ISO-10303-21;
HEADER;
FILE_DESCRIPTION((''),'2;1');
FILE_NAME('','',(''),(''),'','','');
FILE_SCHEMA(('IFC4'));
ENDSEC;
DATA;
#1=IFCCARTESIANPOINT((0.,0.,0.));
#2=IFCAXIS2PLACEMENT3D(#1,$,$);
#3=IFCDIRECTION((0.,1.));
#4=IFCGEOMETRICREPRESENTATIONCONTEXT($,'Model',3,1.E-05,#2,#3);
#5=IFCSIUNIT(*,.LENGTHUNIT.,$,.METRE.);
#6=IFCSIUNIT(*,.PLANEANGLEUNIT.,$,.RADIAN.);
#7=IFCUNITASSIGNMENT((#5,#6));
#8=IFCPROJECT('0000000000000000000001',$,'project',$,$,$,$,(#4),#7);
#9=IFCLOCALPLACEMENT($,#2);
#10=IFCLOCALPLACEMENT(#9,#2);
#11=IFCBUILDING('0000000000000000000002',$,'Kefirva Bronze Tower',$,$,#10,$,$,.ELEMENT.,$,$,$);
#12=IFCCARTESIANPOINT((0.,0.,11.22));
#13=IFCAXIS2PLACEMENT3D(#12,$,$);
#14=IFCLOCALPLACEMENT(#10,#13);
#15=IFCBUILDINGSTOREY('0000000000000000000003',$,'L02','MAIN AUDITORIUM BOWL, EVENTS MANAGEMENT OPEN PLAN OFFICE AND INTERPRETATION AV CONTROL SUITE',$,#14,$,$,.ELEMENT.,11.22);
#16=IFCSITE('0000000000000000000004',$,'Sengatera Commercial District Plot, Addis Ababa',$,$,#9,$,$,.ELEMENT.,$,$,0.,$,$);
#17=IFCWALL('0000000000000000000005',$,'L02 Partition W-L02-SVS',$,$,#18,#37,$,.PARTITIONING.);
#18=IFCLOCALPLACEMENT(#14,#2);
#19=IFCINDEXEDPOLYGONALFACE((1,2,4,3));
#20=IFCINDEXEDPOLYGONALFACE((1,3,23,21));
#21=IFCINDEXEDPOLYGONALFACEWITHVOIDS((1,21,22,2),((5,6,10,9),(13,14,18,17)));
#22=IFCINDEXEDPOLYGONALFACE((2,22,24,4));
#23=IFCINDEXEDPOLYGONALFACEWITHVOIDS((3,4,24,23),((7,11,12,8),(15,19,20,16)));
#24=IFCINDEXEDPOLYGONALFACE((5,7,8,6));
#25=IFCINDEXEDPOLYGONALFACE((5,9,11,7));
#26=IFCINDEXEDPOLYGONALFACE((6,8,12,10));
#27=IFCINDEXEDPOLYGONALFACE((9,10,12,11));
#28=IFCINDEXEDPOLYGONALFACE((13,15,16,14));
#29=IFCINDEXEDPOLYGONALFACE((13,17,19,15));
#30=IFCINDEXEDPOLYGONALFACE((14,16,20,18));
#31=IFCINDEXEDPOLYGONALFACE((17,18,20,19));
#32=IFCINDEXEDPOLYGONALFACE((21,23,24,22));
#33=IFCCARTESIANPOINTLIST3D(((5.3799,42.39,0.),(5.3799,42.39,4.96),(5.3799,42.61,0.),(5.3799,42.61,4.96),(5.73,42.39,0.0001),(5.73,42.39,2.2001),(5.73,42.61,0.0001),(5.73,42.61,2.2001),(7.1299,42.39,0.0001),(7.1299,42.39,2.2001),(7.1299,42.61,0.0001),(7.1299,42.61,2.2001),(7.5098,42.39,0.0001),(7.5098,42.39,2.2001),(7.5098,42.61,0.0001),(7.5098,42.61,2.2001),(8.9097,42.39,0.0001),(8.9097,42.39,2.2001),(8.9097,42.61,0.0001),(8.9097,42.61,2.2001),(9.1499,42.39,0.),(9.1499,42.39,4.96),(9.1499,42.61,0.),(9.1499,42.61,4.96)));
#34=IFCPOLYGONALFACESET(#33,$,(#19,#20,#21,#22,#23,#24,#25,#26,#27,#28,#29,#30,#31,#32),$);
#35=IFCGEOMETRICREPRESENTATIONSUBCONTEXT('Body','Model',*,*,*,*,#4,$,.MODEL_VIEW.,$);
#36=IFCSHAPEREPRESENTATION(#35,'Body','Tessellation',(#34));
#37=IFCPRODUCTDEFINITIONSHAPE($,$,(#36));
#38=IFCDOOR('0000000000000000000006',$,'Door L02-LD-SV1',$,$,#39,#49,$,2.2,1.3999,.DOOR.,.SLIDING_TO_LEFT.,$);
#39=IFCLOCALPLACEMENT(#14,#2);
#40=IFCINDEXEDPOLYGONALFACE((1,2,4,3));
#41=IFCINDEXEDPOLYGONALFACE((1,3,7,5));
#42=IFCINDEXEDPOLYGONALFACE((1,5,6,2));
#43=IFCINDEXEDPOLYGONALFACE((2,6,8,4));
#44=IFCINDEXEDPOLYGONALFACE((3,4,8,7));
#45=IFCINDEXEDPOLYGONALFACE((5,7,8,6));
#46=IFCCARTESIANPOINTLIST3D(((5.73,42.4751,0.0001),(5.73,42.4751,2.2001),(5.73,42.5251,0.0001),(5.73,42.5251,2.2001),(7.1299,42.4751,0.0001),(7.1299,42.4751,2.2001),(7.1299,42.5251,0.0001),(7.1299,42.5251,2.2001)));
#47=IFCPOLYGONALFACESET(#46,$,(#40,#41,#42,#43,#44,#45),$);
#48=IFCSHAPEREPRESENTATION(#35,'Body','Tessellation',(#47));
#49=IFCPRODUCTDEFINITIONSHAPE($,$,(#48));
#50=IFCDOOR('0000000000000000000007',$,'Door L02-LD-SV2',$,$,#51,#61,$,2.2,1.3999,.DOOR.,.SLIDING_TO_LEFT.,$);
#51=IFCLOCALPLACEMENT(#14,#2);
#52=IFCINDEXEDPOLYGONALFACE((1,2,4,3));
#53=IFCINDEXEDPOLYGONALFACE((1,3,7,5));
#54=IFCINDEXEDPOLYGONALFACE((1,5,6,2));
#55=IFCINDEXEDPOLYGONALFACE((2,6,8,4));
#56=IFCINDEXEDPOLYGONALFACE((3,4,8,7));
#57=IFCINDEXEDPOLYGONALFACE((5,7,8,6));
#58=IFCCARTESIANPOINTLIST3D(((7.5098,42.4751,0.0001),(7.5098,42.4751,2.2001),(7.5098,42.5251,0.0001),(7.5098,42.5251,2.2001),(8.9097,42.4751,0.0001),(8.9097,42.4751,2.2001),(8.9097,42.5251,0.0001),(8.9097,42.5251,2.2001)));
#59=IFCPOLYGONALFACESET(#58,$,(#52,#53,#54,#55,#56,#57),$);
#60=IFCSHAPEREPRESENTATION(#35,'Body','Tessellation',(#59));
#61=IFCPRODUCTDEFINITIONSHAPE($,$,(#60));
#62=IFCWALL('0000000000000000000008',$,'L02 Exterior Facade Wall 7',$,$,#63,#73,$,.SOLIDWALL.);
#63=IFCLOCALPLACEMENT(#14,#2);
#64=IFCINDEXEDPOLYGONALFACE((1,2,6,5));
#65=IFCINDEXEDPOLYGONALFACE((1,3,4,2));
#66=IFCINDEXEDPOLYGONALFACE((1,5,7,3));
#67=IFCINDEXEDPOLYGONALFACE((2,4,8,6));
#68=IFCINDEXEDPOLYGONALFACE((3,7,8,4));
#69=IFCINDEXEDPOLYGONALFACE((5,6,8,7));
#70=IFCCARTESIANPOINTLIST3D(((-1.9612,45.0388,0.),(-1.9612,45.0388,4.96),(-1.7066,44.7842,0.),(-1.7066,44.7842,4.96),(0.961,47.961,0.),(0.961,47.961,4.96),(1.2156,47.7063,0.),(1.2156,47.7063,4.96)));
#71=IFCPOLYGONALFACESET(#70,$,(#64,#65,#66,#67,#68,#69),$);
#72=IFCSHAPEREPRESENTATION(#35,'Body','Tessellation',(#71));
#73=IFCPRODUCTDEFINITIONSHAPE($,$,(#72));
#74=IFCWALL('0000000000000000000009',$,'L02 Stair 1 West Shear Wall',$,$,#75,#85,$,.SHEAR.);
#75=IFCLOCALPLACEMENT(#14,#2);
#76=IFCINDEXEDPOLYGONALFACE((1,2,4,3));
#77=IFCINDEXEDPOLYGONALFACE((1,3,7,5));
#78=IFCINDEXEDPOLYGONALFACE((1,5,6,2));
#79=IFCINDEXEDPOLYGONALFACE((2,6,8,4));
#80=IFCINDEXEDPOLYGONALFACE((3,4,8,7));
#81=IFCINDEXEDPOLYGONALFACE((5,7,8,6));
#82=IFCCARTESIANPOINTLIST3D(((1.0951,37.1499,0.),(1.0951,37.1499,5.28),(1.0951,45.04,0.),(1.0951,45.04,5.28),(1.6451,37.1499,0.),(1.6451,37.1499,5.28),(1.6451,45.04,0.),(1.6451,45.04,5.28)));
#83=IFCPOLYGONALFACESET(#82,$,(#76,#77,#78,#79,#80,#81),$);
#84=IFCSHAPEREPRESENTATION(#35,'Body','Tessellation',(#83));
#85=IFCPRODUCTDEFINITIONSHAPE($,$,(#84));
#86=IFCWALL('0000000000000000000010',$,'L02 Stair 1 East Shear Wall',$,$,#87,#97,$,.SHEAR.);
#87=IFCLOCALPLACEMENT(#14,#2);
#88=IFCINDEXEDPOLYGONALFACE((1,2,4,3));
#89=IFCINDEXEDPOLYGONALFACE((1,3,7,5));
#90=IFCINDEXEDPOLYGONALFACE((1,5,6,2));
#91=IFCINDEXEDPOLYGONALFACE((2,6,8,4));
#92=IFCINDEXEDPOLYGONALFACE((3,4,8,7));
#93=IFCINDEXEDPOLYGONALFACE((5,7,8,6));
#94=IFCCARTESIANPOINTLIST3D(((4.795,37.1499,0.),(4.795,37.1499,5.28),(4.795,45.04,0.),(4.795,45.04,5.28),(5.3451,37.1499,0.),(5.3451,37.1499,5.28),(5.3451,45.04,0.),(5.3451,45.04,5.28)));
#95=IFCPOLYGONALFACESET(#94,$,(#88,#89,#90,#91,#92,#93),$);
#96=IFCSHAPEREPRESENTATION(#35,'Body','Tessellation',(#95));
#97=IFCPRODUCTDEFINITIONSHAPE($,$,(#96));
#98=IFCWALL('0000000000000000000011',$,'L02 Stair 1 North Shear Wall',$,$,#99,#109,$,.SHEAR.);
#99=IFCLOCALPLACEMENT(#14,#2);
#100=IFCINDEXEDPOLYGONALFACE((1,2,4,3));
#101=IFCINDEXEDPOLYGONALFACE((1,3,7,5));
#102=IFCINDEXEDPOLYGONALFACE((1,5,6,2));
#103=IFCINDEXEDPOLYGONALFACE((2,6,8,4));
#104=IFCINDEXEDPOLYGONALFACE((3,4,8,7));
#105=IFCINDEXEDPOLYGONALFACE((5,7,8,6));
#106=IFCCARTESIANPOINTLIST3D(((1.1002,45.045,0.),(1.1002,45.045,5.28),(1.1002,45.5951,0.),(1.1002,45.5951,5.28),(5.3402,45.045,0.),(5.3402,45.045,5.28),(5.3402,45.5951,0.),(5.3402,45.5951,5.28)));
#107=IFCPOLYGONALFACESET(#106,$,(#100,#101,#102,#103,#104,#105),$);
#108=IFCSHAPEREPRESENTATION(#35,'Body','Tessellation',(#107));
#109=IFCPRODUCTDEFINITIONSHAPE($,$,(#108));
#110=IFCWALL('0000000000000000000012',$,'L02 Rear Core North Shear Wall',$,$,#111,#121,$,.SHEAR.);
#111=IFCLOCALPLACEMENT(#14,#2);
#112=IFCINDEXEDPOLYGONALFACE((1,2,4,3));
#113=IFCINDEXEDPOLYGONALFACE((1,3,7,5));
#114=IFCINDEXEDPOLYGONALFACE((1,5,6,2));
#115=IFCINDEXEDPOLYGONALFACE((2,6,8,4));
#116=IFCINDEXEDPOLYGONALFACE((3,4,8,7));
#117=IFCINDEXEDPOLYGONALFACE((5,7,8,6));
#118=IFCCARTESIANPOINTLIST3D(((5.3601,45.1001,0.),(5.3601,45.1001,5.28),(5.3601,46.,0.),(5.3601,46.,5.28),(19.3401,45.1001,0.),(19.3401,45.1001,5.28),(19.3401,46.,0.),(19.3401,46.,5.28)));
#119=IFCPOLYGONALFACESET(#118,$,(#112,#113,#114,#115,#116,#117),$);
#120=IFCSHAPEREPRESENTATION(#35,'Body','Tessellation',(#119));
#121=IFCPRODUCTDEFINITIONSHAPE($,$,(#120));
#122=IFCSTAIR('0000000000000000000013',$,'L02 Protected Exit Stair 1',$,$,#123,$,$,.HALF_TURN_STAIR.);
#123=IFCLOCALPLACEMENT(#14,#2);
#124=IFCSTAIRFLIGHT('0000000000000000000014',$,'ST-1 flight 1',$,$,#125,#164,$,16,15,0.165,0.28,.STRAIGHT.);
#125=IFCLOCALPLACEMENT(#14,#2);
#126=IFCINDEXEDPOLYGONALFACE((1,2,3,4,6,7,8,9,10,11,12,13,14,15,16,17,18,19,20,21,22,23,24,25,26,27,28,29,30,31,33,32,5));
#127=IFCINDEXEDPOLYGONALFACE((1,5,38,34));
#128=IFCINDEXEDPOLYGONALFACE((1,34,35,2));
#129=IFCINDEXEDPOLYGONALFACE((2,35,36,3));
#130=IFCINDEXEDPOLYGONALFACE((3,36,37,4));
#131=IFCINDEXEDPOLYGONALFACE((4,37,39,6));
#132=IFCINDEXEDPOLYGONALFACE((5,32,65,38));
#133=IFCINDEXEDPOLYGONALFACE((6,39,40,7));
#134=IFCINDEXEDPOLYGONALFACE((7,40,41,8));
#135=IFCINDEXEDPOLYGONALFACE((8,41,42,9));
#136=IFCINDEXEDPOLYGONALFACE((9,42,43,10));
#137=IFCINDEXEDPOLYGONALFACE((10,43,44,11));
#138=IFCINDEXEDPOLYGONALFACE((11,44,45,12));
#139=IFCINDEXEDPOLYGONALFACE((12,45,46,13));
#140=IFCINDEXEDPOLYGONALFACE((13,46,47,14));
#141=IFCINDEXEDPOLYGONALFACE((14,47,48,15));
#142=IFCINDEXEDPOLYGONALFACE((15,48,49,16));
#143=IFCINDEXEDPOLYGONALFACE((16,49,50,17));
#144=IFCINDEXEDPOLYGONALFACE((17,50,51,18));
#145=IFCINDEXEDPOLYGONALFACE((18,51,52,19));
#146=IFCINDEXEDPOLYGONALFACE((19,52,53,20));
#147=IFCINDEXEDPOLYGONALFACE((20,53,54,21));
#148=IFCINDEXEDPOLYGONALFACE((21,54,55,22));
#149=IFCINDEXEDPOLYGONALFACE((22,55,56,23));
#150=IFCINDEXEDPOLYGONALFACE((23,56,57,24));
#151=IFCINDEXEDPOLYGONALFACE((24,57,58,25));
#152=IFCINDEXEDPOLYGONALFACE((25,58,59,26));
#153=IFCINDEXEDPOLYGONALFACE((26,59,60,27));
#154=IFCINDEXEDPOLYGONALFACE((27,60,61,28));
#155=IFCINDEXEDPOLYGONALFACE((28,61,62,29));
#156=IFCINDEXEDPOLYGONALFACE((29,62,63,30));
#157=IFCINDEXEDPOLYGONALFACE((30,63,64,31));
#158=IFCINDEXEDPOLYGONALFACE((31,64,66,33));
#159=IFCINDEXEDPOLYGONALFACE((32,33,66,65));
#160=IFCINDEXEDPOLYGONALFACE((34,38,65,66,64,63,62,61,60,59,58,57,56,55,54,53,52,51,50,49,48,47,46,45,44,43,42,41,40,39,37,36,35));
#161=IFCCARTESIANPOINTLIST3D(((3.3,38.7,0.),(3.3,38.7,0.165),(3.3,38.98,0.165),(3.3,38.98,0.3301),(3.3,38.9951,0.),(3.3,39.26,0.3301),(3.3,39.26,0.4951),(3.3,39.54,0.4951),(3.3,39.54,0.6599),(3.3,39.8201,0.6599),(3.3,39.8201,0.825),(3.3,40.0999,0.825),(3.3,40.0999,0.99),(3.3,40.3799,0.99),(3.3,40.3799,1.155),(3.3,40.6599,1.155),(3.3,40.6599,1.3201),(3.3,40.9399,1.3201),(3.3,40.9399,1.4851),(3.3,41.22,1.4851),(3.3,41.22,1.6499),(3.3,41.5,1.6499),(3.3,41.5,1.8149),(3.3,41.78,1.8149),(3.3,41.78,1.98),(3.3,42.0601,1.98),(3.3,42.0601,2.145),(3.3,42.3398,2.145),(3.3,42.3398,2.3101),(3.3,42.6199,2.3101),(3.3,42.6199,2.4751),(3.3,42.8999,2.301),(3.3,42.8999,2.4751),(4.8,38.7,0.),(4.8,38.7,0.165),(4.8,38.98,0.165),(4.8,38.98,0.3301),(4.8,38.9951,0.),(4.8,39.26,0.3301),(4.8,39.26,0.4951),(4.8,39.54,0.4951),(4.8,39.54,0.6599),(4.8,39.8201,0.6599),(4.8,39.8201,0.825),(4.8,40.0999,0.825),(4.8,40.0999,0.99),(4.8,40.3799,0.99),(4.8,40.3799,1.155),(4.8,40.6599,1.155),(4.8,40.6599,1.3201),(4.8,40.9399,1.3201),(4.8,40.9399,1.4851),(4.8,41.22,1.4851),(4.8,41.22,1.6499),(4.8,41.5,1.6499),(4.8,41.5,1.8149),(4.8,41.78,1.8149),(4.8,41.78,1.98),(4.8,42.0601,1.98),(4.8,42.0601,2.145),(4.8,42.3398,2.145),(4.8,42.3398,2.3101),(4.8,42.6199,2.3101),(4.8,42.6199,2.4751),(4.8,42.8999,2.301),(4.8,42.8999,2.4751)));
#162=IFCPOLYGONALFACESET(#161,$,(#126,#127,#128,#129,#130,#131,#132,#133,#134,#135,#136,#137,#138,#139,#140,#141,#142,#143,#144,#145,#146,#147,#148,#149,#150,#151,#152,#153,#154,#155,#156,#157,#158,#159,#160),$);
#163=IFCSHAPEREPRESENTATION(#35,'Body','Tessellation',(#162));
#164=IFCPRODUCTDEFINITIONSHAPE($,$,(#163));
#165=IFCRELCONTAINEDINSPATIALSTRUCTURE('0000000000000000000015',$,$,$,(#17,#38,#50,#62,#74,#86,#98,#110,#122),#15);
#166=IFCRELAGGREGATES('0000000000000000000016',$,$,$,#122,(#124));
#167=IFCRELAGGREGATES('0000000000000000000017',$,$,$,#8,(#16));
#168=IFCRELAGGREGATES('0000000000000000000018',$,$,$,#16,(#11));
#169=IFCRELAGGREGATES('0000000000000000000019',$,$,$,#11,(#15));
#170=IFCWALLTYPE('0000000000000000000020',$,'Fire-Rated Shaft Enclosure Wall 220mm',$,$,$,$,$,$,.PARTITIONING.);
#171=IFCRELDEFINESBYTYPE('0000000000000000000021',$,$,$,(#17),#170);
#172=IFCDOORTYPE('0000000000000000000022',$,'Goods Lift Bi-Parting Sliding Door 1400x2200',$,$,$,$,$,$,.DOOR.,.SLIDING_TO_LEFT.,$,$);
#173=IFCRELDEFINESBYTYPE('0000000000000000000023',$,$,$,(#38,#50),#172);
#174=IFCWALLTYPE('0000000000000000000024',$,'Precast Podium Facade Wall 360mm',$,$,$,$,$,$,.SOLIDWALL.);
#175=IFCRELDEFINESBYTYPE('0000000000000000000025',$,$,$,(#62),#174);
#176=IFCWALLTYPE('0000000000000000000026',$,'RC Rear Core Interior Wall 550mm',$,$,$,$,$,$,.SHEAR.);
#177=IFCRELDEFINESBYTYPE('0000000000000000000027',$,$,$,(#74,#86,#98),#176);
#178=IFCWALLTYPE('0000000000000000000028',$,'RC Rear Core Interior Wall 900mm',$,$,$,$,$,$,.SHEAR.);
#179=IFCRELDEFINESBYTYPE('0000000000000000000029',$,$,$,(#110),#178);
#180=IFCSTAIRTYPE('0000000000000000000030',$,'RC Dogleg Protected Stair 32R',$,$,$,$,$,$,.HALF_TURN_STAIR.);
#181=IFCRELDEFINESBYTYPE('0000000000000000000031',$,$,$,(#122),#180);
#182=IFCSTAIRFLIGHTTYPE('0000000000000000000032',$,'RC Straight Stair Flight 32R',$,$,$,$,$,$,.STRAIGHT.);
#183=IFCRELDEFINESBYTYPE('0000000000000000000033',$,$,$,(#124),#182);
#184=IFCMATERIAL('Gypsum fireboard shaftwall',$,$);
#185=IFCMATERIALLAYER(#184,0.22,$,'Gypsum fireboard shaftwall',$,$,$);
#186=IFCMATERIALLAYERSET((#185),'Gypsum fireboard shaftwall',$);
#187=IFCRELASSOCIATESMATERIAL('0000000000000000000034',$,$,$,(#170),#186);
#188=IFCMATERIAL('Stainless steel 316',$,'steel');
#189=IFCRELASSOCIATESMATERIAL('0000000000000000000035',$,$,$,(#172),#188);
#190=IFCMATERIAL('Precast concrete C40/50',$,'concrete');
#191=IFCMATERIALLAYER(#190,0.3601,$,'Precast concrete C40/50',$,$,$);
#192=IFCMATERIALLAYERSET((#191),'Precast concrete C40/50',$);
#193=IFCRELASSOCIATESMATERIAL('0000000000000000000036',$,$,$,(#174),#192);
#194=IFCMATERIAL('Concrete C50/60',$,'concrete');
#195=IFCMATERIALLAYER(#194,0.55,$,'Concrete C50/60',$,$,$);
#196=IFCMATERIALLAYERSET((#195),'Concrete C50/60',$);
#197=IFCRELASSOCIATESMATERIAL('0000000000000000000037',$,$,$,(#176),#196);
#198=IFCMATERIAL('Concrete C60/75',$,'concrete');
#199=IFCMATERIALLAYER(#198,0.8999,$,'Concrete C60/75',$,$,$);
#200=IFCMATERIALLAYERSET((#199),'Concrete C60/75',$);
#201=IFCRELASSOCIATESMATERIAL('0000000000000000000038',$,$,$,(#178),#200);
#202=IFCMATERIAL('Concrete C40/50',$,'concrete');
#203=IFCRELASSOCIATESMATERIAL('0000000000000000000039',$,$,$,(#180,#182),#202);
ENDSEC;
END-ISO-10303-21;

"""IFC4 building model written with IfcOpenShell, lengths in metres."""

from ifc_helpers import new_model, si_unit, direction, frame, frame_2d, origin, place, context, subcontext, project, spatial, polyline, rectangle, outline, extrude, material, layer, layer_set, type_object, element, fill, aggregate, save


model = new_model("IFC4")

# Units and contexts
model_context = context("Model", 3, precision=1e-05, world=origin(), true_north=direction((0.0, 1.0)))
body_context = subcontext(model_context, "Body", "Model", "MODEL_VIEW")
ifc_project = project(units=[si_unit("LENGTHUNIT", "METRE"), si_unit("PLANEANGLEUNIT", "RADIAN")], contexts=[model_context])

# Site, building, storey
site_placement = place(None, origin())
site = spatial("IfcSite", under=ifc_project, at=site_placement, Name="Sengatera Commercial District Plot, Addis Ababa", CompositionType="ELEMENT", RefElevation=0.0)
building_placement = place(site_placement, origin())
building = spatial("IfcBuilding", under=site, at=building_placement, Name="Kefirva Bronze Tower", CompositionType="ELEMENT")
storey_placement = place(building_placement, frame((0.0, 0.0, 11.22)))
storey = spatial("IfcBuildingStorey", under=building, at=storey_placement, Name="L02", Description="MAIN AUDITORIUM BOWL, EVENTS MANAGEMENT OPEN PLAN OFFICE AND INTERPRETATION AV CONTROL SUITE", CompositionType="ELEMENT", Elevation=11.22)

# Shared definitions
ifc_material_1 = material(Name="Concrete C60/75", Category="concrete")

# Shared definitions
ifc_material_2 = material(Name="Concrete C50/60", Category="concrete")

# Shared definitions
ifc_material_3 = material(Name="Gypsum fireboard shaftwall")
ifc_layer_1 = layer(ifc_material_3, 0.22, Name="Gypsum fireboard shaftwall")
ifc_layer_set_1 = layer_set([ifc_layer_1], Name="Gypsum fireboard shaftwall")
wall_type_1 = type_object("IfcWallType", Name="Fire-Rated Shaft Enclosure Wall 220mm", PredefinedType="PARTITIONING", material=ifc_layer_set_1)

# Wall, openings, doors
wall_1_placement = place(storey_placement, frame((5.3799, 42.5, 0.0), z_axis=(0.0, 0.0, 1.0), x_axis=(1.0, 0.0, 0.0)))
wall_1 = element("IfcWall", 1, at=wall_1_placement, inside=storey, type_object=wall_type_1, Name="L02 Partition W-L02-SVS", PredefinedType="PARTITIONING", context=body_context, shape_type="SweptSolid", body=[
    extrude(rectangle(XDim=3.77, YDim=0.22, at=frame_2d((1.885, 0.0))), origin(), (0.0, 0.0, 1.0), 4.96),
])
opening_1_placement = place(wall_1_placement, frame((1.75, 0.0, 0.0), z_axis=(0.0, 0.0, 1.0), x_axis=(-1.0, 0.0, 0.0)))
opening_1 = element("IfcOpeningElement", 2, at=opening_1_placement, cuts=wall_1, PredefinedType="OPENING", context=body_context, shape_type="SweptSolid", body=[
    extrude(rectangle(XDim=1.3999, YDim=2.2, at=frame_2d((0.7, 1.1001))), frame((0.0, 0.1201, 0.0), z_axis=(0.0, -1.0, 0.0), x_axis=(1.0, 0.0, 0.0)), (0.0, 0.0, 1.0), 0.24),
])
opening_2_placement = place(wall_1_placement, frame((3.5298, 0.0, 0.0), z_axis=(0.0, 0.0, 1.0), x_axis=(-1.0, 0.0, 0.0)))
opening_2 = element("IfcOpeningElement", 3, at=opening_2_placement, cuts=wall_1, PredefinedType="OPENING", context=body_context, shape_type="SweptSolid", body=[
    extrude(rectangle(XDim=1.3999, YDim=2.2, at=frame_2d((0.7, 1.1001))), frame((0.0, 0.1201, 0.0), z_axis=(0.0, -1.0, 0.0), x_axis=(1.0, 0.0, 0.0)), (0.0, 0.0, 1.0), 0.24),
])
ifc_material_4 = material(Name="Stainless steel 316", Category="steel")
door_type_1 = type_object("IfcDoorType", Name="Goods Lift Bi-Parting Sliding Door 1400x2200", OperationType="SLIDING_TO_LEFT", PredefinedType="DOOR", material=ifc_material_4)
door_1_placement = place(opening_1_placement, origin())
door_1 = element("IfcDoor", 4, at=door_1_placement, inside=storey, type_object=door_type_1, Name="Door L02-LD-SV1", OperationType="SLIDING_TO_LEFT", OverallHeight=2.2, OverallWidth=1.3999, PredefinedType="DOOR", context=body_context, shape_type="SweptSolid", body=[
    extrude(rectangle(XDim=1.3999, YDim=2.2, at=frame_2d((0.7, 1.1001))), frame((0.0, 0.0249, 0.0), z_axis=(0.0, -1.0, 0.0), x_axis=(1.0, 0.0, 0.0)), (0.0, 0.0, 1.0), 0.05),
])
fill(opening_1, door_1)
door_2_placement = place(opening_2_placement, origin())
door_2 = element("IfcDoor", 5, at=door_2_placement, inside=storey, type_object=door_type_1, Name="Door L02-LD-SV2", OperationType="SLIDING_TO_LEFT", OverallHeight=2.2, OverallWidth=1.3999, PredefinedType="DOOR", context=body_context, shape_type="SweptSolid", body=[
    extrude(rectangle(XDim=1.3999, YDim=2.2, at=frame_2d((0.7, 1.1001))), frame((0.0, 0.0249, 0.0), z_axis=(0.0, -1.0, 0.0), x_axis=(1.0, 0.0, 0.0)), (0.0, 0.0, 1.0), 0.05),
])
fill(opening_2, door_2)

# Walls
ifc_material_5 = material(Name="Precast concrete C40/50", Category="concrete")
ifc_layer_2 = layer(ifc_material_5, 0.3601, Name="Precast concrete C40/50")
ifc_layer_set_2 = layer_set([ifc_layer_2], Name="Precast concrete C40/50")
wall_type_2 = type_object("IfcWallType", Name="Precast Podium Facade Wall 360mm", PredefinedType="SOLIDWALL", material=ifc_layer_set_2)
wall_2_placement = place(storey_placement, frame((1.0884, 47.8337, 0.0), z_axis=(0.0, 0.0, 1.0), x_axis=(-0.707107, -0.707107, 0.0)))
element("IfcWall", 6, at=wall_2_placement, inside=storey, type_object=wall_type_2, Name="L02 Exterior Facade Wall 7", PredefinedType="SOLIDWALL", context=body_context, shape_type="SweptSolid", body=[
    extrude(rectangle(XDim=4.1326, YDim=0.3601, at=frame_2d((2.0664, 0.0))), origin(), (0.0, 0.0, 1.0), 4.96),
])
ifc_layer_3 = layer(ifc_material_2, 0.55, Name="Concrete C50/60")
ifc_layer_set_3 = layer_set([ifc_layer_3], Name="Concrete C50/60")
wall_type_3 = type_object("IfcWallType", Name="RC Rear Core Interior Wall 550mm", PredefinedType="SHEAR", material=ifc_layer_set_3)
for number, where, z_axis, x_axis, name in (
    (7, (1.3701, 37.1499, 0.0), (0.0, 0.0, 1.0), (0.0, 1.0, 0.0), "L02 Stair 1 West Shear Wall"),
    (8, (5.0701, 37.1499, 0.0), (0.0, 0.0, 1.0), (0.0, 1.0, 0.0), "L02 Stair 1 East Shear Wall"),
):
    element("IfcWall", number, at=place(storey_placement, frame(where, z_axis=z_axis, x_axis=x_axis)), inside=storey, type_object=wall_type_3, Name=name, PredefinedType="SHEAR", context=body_context, shape_type="SweptSolid", body=[
        extrude(rectangle(XDim=7.8901, YDim=0.55, at=frame_2d((3.9451, 0.0))), origin(), (0.0, 0.0, 1.0), 5.28),
    ])
wall_3_placement = place(storey_placement, frame((1.1001, 45.3201, 0.0), z_axis=(0.0, 0.0, 1.0), x_axis=(1.0, 0.0, 0.0)))
element("IfcWall", 9, at=wall_3_placement, inside=storey, type_object=wall_type_3, Name="L02 Stair 1 North Shear Wall", PredefinedType="SHEAR", context=body_context, shape_type="SweptSolid", body=[
    extrude(rectangle(XDim=4.24, YDim=0.55, at=frame_2d((2.1201, 0.0))), origin(), (0.0, 0.0, 1.0), 5.28),
])
ifc_layer_4 = layer(ifc_material_1, 0.8999, Name="Concrete C60/75")
ifc_layer_set_4 = layer_set([ifc_layer_4], Name="Concrete C60/75")
wall_type_4 = type_object("IfcWallType", Name="RC Rear Core Interior Wall 900mm", PredefinedType="SHEAR", material=ifc_layer_set_4)
wall_4_placement = place(storey_placement, frame((5.3601, 45.55, 0.0), z_axis=(0.0, 0.0, 1.0), x_axis=(1.0, 0.0, 0.0)))
element("IfcWall", 10, at=wall_4_placement, inside=storey, type_object=wall_type_4, Name="L02 Rear Core North Shear Wall", PredefinedType="SHEAR", context=body_context, shape_type="SweptSolid", body=[
    extrude(rectangle(XDim=13.98, YDim=0.8999, at=frame_2d((6.99, 0.0))), origin(), (0.0, 0.0, 1.0), 5.28),
])

# Stair, stair flight
ifc_material_6 = material(Name="Concrete C40/50", Category="concrete")
stair_type = type_object("IfcStairType", Name="RC Dogleg Protected Stair 32R", PredefinedType="HALF_TURN_STAIR", material=ifc_material_6)
stair_placement = place(storey_placement, origin())
stair = element("IfcStair", 11, at=stair_placement, inside=storey, type_object=stair_type, Name="L02 Protected Exit Stair 1", PredefinedType="HALF_TURN_STAIR")
stair_flight_type = type_object("IfcStairFlightType", Name="RC Straight Stair Flight 32R", PredefinedType="STRAIGHT", material=ifc_material_6)
stair_flight_1_placement = place(storey_placement, frame((4.05, 38.7, 0.0), z_axis=(0.0, 0.0, 1.0), x_axis=(0.0, 1.0, 0.0)))
stair_flight_1 = element("IfcStairFlight", 12, at=stair_flight_1_placement, type_object=stair_flight_type, Name="ST-1 flight 1", NumberOfRisers=16, NumberOfTreads=15, PredefinedType="STRAIGHT", RiserHeight=0.165, TreadLength=0.28, context=body_context, shape_type="SweptSolid", body=[
    extrude(outline(polyline([(0.0, 0.0), (0.0, 0.165), (0.28, 0.165), (0.28, 0.3301), (0.5601, 0.3301), (0.5601, 0.4951), (0.8401, 0.4951), (0.8401, 0.6599), (1.1201, 0.6599), (1.1201, 0.825), (1.3999, 0.825), (1.3999, 0.99), (1.6799, 0.99), (1.6799, 1.155), (1.96, 1.155), (1.96, 1.3201), (2.24, 1.3201), (2.24, 1.4851), (2.52, 1.4851), (2.52, 1.6499), (2.8, 1.6499), (2.8, 1.8149), (3.0801, 1.8149), (3.0801, 1.98), (3.3601, 1.98), (3.3601, 2.145), (3.6399, 2.145), (3.6399, 2.3101), (3.9199, 2.3101), (3.9199, 2.4751), (4.2, 2.4751), (4.2, 2.6399), (4.2, 2.301), (0.2952, 0.0), (0.0, 0.0)])), frame((0.0, 0.75, 0.0), z_axis=(0.0, -1.0, 0.0), x_axis=(1.0, 0.0, 0.0)), (0.0, 0.0, 1.0), 1.5),
])
aggregate(stair, [stair_flight_1])

save(model, "model.ifc")
